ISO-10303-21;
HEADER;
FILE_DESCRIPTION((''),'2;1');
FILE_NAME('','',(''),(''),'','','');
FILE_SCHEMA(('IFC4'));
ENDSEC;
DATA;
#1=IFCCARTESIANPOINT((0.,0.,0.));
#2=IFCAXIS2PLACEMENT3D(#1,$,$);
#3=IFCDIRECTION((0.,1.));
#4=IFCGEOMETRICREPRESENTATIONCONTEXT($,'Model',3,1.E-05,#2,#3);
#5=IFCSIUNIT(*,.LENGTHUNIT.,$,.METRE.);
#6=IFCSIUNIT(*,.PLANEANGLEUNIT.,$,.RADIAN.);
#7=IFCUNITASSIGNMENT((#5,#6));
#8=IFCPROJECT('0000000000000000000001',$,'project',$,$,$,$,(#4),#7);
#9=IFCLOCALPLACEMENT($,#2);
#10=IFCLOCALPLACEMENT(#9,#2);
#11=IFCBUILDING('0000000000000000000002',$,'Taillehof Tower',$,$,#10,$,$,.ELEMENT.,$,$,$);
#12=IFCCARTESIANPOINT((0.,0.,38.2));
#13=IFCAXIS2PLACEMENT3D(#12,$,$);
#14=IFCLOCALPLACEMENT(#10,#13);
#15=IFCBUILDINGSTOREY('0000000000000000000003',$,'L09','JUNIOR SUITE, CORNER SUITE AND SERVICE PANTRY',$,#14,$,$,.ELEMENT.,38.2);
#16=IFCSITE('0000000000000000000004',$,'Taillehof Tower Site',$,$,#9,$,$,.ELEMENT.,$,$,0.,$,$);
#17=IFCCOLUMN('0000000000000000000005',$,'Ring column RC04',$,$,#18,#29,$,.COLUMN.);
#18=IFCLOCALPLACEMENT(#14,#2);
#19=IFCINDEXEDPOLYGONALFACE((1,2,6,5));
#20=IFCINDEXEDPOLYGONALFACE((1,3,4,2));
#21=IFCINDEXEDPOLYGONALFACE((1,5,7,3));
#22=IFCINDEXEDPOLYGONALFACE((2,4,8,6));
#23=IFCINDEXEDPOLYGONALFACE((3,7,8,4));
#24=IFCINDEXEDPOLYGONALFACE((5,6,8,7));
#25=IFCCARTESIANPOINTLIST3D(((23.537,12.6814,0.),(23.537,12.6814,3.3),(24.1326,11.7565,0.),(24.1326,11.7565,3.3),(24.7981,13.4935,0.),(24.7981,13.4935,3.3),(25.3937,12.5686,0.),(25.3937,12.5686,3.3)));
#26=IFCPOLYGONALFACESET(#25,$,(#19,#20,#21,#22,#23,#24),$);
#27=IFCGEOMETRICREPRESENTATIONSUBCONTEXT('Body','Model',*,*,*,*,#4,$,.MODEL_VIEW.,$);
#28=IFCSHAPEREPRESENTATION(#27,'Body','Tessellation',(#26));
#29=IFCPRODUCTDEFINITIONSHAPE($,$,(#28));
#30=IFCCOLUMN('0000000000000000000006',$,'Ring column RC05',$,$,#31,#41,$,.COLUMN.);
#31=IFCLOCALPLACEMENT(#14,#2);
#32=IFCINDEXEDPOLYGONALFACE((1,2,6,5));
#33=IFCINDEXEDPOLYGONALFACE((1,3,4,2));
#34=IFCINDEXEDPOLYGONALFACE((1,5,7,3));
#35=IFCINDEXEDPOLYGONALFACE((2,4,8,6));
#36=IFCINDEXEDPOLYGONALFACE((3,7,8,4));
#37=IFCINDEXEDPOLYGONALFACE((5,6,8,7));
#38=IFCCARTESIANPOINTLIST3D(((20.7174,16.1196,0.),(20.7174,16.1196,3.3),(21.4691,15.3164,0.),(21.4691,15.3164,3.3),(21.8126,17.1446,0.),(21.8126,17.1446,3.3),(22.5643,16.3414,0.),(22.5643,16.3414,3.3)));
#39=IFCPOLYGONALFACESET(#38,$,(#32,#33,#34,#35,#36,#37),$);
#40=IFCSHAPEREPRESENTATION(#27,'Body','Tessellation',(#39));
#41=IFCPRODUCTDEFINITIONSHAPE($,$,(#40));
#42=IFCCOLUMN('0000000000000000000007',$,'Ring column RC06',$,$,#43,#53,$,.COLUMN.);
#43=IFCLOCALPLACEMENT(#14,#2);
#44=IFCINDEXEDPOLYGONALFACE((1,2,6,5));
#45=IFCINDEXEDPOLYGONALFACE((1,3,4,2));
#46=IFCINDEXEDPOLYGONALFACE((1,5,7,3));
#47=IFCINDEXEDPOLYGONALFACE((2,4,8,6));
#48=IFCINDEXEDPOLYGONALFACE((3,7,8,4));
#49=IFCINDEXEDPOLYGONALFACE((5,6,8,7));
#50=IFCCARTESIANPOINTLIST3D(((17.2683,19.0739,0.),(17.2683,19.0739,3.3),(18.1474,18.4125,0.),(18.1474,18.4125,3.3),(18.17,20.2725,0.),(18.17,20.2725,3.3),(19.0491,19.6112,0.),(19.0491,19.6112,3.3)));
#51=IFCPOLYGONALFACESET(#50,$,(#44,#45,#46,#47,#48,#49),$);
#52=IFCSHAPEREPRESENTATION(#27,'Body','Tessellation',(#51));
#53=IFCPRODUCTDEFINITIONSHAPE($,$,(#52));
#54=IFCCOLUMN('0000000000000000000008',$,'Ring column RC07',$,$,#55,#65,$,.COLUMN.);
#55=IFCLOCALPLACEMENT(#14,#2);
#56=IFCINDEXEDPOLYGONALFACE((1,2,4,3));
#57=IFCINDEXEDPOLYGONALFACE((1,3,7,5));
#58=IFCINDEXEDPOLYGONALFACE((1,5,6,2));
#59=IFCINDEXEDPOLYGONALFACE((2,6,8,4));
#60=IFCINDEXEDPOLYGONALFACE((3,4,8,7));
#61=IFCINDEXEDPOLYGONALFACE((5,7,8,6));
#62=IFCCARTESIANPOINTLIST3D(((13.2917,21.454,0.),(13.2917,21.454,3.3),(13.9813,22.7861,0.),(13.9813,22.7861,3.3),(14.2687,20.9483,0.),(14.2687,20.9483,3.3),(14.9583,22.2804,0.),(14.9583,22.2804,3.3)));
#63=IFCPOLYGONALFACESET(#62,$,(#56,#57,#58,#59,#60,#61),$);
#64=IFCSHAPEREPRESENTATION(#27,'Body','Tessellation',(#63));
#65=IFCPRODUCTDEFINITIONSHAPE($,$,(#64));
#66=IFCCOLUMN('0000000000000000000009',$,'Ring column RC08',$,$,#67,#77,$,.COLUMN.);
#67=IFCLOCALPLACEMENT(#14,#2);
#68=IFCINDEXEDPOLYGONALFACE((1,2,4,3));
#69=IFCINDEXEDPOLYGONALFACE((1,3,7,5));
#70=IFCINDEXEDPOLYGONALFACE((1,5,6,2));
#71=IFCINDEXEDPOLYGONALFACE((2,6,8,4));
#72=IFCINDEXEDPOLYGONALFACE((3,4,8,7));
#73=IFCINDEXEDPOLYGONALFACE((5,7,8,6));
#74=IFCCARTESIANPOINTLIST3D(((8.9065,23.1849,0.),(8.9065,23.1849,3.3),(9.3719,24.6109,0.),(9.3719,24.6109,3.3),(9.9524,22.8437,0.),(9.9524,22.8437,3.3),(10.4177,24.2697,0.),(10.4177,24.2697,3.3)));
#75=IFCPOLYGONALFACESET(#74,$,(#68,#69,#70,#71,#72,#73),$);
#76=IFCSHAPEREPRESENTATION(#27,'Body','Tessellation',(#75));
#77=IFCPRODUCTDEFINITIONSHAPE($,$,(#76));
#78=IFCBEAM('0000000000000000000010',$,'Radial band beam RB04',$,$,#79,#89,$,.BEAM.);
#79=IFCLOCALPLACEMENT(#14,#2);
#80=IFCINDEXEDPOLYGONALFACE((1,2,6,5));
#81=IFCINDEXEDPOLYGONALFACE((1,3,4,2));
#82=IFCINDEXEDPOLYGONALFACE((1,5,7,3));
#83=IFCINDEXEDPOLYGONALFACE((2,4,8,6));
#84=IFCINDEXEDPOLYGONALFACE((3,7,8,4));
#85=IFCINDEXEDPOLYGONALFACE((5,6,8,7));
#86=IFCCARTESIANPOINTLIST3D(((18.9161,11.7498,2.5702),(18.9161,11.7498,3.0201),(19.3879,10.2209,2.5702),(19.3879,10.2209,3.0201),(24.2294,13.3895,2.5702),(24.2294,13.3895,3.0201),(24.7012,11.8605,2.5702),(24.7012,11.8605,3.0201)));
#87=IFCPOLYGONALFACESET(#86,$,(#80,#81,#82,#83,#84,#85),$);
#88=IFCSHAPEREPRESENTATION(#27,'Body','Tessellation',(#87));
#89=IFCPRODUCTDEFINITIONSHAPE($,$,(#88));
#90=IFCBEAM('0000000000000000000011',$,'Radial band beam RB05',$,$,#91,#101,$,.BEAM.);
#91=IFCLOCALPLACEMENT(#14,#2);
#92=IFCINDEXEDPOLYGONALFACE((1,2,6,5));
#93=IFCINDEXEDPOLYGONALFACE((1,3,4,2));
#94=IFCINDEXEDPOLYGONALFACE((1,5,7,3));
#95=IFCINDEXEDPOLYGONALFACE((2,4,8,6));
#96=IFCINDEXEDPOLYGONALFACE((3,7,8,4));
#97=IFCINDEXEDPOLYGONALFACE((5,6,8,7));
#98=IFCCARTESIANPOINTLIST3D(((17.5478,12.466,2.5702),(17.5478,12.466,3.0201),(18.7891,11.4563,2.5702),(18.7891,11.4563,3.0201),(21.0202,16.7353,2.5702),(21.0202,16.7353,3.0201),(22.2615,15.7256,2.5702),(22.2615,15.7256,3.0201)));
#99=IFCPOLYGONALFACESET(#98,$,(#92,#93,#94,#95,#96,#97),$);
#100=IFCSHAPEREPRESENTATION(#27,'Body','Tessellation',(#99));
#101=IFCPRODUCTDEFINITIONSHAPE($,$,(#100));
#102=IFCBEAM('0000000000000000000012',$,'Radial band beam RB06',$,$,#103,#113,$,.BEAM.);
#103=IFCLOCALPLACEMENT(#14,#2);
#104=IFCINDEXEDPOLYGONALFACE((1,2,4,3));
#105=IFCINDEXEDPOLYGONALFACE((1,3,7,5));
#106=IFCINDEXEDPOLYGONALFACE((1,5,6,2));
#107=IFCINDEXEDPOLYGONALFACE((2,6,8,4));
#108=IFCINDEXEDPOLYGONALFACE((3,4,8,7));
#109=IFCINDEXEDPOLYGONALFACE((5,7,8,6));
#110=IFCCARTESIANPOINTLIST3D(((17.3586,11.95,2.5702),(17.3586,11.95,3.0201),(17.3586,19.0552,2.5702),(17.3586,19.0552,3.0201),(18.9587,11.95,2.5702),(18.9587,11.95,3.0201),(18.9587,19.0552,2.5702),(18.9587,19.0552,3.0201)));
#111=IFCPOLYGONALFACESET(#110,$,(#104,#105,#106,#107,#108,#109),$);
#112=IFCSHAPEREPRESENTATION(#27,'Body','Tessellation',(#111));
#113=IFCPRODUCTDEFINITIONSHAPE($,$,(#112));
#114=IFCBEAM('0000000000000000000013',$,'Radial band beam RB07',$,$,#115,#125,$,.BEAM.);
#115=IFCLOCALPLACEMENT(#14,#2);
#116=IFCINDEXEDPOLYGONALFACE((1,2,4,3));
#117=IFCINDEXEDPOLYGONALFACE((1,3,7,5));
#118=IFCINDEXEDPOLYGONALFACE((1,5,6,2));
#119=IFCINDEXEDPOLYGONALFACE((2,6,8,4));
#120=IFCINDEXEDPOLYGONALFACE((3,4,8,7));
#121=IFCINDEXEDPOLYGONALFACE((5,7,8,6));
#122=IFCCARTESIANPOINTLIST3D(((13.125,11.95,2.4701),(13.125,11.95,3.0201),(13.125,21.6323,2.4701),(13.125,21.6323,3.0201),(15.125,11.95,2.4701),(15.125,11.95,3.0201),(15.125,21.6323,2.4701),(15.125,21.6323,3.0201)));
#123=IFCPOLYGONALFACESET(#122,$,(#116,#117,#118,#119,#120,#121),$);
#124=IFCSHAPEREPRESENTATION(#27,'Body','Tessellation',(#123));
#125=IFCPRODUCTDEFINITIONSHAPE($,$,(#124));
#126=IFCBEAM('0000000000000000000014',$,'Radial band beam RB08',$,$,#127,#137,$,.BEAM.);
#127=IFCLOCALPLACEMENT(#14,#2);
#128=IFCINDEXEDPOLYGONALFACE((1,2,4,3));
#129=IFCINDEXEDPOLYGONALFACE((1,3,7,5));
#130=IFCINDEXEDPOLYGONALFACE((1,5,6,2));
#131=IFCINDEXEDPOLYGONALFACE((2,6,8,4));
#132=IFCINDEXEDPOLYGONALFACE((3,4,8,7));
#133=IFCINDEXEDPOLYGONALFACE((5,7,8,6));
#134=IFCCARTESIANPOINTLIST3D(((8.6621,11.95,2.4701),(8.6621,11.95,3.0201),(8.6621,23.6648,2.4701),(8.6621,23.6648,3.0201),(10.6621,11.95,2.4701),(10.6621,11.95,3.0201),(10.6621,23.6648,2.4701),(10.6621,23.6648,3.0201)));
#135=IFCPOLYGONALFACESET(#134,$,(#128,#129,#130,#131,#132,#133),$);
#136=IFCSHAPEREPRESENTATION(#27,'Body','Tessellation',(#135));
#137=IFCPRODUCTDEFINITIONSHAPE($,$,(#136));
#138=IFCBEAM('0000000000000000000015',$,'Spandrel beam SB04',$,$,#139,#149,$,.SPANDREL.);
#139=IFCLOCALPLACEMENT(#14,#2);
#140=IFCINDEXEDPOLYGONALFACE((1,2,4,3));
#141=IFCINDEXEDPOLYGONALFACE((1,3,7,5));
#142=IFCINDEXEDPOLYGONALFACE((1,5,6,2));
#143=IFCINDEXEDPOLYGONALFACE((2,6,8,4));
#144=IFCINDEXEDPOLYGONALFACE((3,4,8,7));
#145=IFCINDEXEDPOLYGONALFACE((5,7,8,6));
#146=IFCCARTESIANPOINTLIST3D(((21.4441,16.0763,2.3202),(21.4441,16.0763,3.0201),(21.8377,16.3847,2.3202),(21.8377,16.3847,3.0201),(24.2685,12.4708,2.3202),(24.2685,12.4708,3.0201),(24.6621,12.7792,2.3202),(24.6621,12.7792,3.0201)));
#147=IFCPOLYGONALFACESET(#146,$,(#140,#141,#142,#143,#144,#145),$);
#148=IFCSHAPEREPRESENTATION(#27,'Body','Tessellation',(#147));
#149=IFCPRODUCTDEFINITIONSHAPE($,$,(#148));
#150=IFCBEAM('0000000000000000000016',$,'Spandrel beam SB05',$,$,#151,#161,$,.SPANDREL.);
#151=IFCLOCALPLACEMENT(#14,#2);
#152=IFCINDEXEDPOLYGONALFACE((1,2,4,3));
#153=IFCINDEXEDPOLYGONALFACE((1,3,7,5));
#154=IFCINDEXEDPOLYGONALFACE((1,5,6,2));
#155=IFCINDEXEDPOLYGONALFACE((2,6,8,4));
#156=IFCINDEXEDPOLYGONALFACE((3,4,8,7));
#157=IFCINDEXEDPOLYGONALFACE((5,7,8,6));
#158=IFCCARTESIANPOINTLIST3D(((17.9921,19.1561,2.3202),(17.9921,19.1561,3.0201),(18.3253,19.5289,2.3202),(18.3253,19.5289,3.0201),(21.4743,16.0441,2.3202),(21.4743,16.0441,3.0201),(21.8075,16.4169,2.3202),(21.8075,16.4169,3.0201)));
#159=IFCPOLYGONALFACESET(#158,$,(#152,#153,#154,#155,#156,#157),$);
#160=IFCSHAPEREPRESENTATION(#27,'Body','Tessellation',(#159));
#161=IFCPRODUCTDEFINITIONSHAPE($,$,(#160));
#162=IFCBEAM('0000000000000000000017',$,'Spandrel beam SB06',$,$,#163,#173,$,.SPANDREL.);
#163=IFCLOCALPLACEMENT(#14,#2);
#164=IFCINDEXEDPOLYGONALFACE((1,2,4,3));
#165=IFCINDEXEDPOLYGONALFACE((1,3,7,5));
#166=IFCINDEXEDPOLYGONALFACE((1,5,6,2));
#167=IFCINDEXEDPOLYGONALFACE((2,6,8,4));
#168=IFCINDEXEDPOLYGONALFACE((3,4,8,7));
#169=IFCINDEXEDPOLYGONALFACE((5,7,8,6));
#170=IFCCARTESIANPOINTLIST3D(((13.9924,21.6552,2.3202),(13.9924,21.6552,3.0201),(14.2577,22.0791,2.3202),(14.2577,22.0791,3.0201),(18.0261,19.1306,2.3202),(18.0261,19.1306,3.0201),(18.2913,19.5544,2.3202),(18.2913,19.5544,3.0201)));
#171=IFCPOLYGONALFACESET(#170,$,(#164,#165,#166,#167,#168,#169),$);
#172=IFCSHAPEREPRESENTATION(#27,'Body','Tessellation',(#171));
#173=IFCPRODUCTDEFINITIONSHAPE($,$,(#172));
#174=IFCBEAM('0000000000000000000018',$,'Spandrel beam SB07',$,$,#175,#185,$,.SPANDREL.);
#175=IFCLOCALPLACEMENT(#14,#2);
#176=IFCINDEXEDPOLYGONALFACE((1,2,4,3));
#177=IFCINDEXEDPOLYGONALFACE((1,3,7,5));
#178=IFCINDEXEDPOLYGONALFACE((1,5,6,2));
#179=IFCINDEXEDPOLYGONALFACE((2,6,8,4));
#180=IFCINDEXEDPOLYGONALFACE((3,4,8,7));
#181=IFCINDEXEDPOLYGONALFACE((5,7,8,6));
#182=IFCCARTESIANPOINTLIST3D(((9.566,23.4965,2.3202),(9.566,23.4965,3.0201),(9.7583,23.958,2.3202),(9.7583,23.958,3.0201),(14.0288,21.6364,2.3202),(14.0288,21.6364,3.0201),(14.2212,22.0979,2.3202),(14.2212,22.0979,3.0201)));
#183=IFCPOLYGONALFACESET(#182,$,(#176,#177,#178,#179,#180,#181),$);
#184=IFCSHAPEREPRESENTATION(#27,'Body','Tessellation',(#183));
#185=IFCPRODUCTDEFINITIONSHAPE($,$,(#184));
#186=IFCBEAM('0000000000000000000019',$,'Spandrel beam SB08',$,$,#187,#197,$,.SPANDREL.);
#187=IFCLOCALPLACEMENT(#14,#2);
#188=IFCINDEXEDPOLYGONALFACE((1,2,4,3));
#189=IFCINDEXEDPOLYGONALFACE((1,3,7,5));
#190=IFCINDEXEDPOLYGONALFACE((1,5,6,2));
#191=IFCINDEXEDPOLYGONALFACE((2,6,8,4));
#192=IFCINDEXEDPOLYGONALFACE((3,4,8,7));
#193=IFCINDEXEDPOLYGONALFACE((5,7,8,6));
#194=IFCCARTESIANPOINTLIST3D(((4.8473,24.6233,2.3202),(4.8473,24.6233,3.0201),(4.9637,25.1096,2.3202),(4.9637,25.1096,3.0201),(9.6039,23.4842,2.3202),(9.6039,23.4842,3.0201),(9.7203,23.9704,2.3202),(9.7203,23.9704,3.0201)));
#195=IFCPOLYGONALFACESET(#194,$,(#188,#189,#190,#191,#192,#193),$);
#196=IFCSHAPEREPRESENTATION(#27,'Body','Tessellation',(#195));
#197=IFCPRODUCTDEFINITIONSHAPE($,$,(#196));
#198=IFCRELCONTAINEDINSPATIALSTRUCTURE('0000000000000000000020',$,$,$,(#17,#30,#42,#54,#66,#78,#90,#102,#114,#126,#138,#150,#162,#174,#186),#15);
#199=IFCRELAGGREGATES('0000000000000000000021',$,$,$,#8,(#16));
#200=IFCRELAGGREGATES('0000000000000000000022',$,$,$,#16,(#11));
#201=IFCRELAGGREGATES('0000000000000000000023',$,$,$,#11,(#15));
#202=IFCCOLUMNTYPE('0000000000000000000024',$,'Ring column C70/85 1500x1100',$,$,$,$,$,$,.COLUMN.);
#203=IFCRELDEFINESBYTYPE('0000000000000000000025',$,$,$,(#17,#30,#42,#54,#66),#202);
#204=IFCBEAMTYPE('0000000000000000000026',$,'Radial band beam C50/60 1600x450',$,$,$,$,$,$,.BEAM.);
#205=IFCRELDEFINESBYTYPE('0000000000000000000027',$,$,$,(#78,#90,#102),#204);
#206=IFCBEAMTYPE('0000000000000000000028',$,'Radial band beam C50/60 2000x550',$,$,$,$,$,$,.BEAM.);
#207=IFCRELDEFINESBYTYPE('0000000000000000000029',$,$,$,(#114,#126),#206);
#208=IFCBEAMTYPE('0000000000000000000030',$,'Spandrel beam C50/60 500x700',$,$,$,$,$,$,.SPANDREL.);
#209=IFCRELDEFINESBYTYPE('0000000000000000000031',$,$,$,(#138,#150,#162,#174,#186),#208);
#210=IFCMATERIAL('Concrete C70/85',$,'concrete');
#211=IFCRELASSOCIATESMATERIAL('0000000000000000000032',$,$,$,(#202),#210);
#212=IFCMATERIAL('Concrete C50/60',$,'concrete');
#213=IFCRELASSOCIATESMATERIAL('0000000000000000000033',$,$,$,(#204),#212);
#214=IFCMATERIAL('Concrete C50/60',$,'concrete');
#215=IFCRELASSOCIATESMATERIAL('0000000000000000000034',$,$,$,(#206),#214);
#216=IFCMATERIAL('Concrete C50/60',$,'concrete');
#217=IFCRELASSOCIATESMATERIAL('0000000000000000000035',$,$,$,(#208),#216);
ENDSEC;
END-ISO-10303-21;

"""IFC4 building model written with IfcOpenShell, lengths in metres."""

from ifc_helpers import new_model, si_unit, direction, frame, origin, origin_2d, place, context, subcontext, project, spatial, rectangle, extrude, material, material_profile, profile_set, type_object, element, save


model = new_model("IFC4")

# Units and contexts
model_context = context("Model", 3, precision=1e-05, world=origin(), true_north=direction((0.0, 1.0)))
body_context = subcontext(model_context, "Body", "Model", "MODEL_VIEW")
ifc_project = project(units=[si_unit("LENGTHUNIT", "METRE"), si_unit("PLANEANGLEUNIT", "RADIAN")], contexts=[model_context])

# Site, building, storey
site_placement = place(None, origin())
site = spatial("IfcSite", under=ifc_project, at=site_placement, Name="Taillehof Tower Site", CompositionType="ELEMENT", RefElevation=0.0)
building_placement = place(site_placement, origin())
building = spatial("IfcBuilding", under=site, at=building_placement, Name="Taillehof Tower", CompositionType="ELEMENT")
storey_placement = place(building_placement, frame((0.0, 0.0, 38.2)))
storey = spatial("IfcBuildingStorey", under=building, at=storey_placement, Name="L09", Description="JUNIOR SUITE, CORNER SUITE AND SERVICE PANTRY", CompositionType="ELEMENT", Elevation=38.2)

# Columns
ifc_material_1 = material(Name="Concrete C70/85", Category="concrete")
ifc_material_profile_1 = material_profile(ifc_material_1, rectangle(XDim=1.5, YDim=1.1001, at=origin_2d()), Name="RC 1500x1100")
ifc_profile_set_1 = profile_set([ifc_material_profile_1], Name="Concrete C70/85")
column_type = type_object("IfcColumnType", Name="Ring column C70/85 1500x1100", PredefinedType="COLUMN", material=ifc_profile_set_1)
for number, where, z_axis, x_axis, name in (
    (1, (24.4653, 12.625, 0.0), (0.0, 0.0, 1.0), (0.840754, 0.541418, 0.0), "Ring column RC04"),
    (2, (21.6409, 16.2305, 0.0), (0.0, 0.0, 1.0), (0.730113, 0.683326, 0.0), "Ring column RC05"),
    (3, (18.1587, 19.3425, 0.0), (0.0, 0.0, 1.0), (0.601174, 0.799118, 0.0), "Ring column RC06"),
    (4, (14.125, 21.8672, 0.0), (0.0, 0.0, 1.0), (0.459691, 0.888079, 0.0), "Ring column RC07"),
    (5, (9.6621, 23.7273, 0.0), (0.0, 0.0, 1.0), (0.310219, 0.950665, 0.0), "Ring column RC08"),
):
    element("IfcColumn", number, at=place(storey_placement, frame(where, z_axis=z_axis, x_axis=x_axis)), inside=storey, type_object=column_type, Name=name, PredefinedType="COLUMN", context=body_context, shape_type="SweptSolid", body=[
        extrude(rectangle(XDim=1.5, YDim=1.1001, at=origin_2d()), origin(), (0.0, 0.0, 1.0), 3.3),
    ])

# Beams
ifc_material_2 = material(Name="Concrete C50/60", Category="concrete")
ifc_material_profile_2 = material_profile(ifc_material_2, rectangle(XDim=1.6001, YDim=0.45, at=origin_2d()), Name="RC 1600x450")
ifc_profile_set_2 = profile_set([ifc_material_profile_2], Name="Concrete C50/60")
beam_type_1 = type_object("IfcBeamType", Name="Radial band beam C50/60 1600x450", PredefinedType="BEAM", material=ifc_profile_set_2)
beam_1_placement = place(storey_placement, frame((24.4653, 12.625, 2.7952), z_axis=(-0.955536, -0.294876, 0.0), x_axis=(0.294876, -0.955536, 0.0)))
element("IfcBeam", 6, at=beam_1_placement, inside=storey, type_object=beam_type_1, Name="Radial band beam RB04", PredefinedType="BEAM", context=body_context, shape_type="SweptSolid", body=[
    extrude(rectangle(XDim=1.6001, YDim=0.45, at=origin_2d()), origin(), (0.0, 0.0, 1.0), 5.5605),
])
beam_2_placement = place(storey_placement, frame((21.6409, 16.2305, 2.7952), z_axis=(-0.630988, -0.775792, 0.0), x_axis=(0.775792, -0.630988, 0.0)))
element("IfcBeam", 7, at=beam_2_placement, inside=storey, type_object=beam_type_1, Name="Radial band beam RB05", PredefinedType="BEAM", context=body_context, shape_type="SweptSolid", body=[
    extrude(rectangle(XDim=1.6001, YDim=0.45, at=origin_2d()), origin(), (0.0, 0.0, 1.0), 5.5032),
])
beam_3_placement = place(storey_placement, frame((18.1587, 19.0552, 2.7952), z_axis=(0.0, -1.0, 0.0), x_axis=(1.0, 0.0, 0.0)))
element("IfcBeam", 8, at=beam_3_placement, inside=storey, type_object=beam_type_1, Name="Radial band beam RB06", PredefinedType="BEAM", context=body_context, shape_type="SweptSolid", body=[
    extrude(rectangle(XDim=1.6001, YDim=0.45, at=origin_2d()), origin(), (0.0, 0.0, 1.0), 7.1052),
])
ifc_material_3 = material(Name="Concrete C50/60", Category="concrete")
ifc_material_profile_3 = material_profile(ifc_material_3, rectangle(XDim=2.0, YDim=0.55, at=origin_2d()), Name="RC 2000x550")
ifc_profile_set_3 = profile_set([ifc_material_profile_3], Name="Concrete C50/60")
beam_type_2 = type_object("IfcBeamType", Name="Radial band beam C50/60 2000x550", PredefinedType="BEAM", material=ifc_profile_set_3)
beam_4_placement = place(storey_placement, frame((14.125, 21.6323, 2.7451), z_axis=(0.0, -1.0, 0.0), x_axis=(1.0, 0.0, 0.0)))
element("IfcBeam", 9, at=beam_4_placement, inside=storey, type_object=beam_type_2, Name="Radial band beam RB07", PredefinedType="BEAM", context=body_context, shape_type="SweptSolid", body=[
    extrude(rectangle(XDim=2.0, YDim=0.55, at=origin_2d()), origin(), (0.0, 0.0, 1.0), 9.6824),
])
beam_5_placement = place(storey_placement, frame((9.6621, 23.6648, 2.7451), z_axis=(0.0, -1.0, 0.0), x_axis=(1.0, 0.0, 0.0)))
element("IfcBeam", 10, at=beam_5_placement, inside=storey, type_object=beam_type_2, Name="Radial band beam RB08", PredefinedType="BEAM", context=body_context, shape_type="SweptSolid", body=[
    extrude(rectangle(XDim=2.0, YDim=0.55, at=origin_2d()), origin(), (0.0, 0.0, 1.0), 11.7148),
])
ifc_material_4 = material(Name="Concrete C50/60", Category="concrete")
ifc_material_profile_4 = material_profile(ifc_material_4, rectangle(XDim=0.5, YDim=0.7, at=origin_2d()), Name="RC 500x700")
ifc_profile_set_4 = profile_set([ifc_material_profile_4], Name="Concrete C50/60")
beam_type_3 = type_object("IfcBeamType", Name="Spandrel beam C50/60 500x700", PredefinedType="SPANDREL", material=ifc_profile_set_4)
beam_6_placement = place(storey_placement, frame((24.4653, 12.625, 2.6702), z_axis=(-0.616686, 0.787209, 0.0), x_axis=(-0.787209, -0.616686, 0.0)))
element("IfcBeam", 11, at=beam_6_placement, inside=storey, type_object=beam_type_3, Name="Spandrel beam SB04", PredefinedType="SPANDREL", context=body_context, shape_type="SweptSolid", body=[
    extrude(rectangle(XDim=0.5, YDim=0.7, at=origin_2d()), origin(), (0.0, 0.0, 1.0), 4.5801),
])
beam_7_placement = place(storey_placement, frame((21.6409, 16.2305, 2.6702), z_axis=(-0.745621, 0.66637, 0.0), x_axis=(-0.66637, -0.745621, 0.0)))
element("IfcBeam", 12, at=beam_7_placement, inside=storey, type_object=beam_type_3, Name="Spandrel beam SB05", PredefinedType="SPANDREL", context=body_context, shape_type="SweptSolid", body=[
    extrude(rectangle(XDim=0.5, YDim=0.7, at=origin_2d()), origin(), (0.0, 0.0, 1.0), 4.6702),
])
beam_8_placement = place(storey_placement, frame((18.1587, 19.3425, 2.6702), z_axis=(-0.847658, 0.530543, 0.0), x_axis=(-0.530543, -0.847658, 0.0)))
element("IfcBeam", 13, at=beam_8_placement, inside=storey, type_object=beam_type_3, Name="Spandrel beam SB06", PredefinedType="SPANDREL", context=body_context, shape_type="SweptSolid", body=[
    extrude(rectangle(XDim=0.5, YDim=0.7, at=origin_2d()), origin(), (0.0, 0.0, 1.0), 4.7585),
])
beam_9_placement = place(storey_placement, frame((14.125, 21.8672, 2.6702), z_axis=(-0.923035, 0.384716, 0.0), x_axis=(-0.384716, -0.923035, 0.0)))
element("IfcBeam", 14, at=beam_9_placement, inside=storey, type_object=beam_type_3, Name="Spandrel beam SB07", PredefinedType="SPANDREL", context=body_context, shape_type="SweptSolid", body=[
    extrude(rectangle(XDim=0.5, YDim=0.7, at=origin_2d()), origin(), (0.0, 0.0, 1.0), 4.835),
])
beam_10_placement = place(storey_placement, frame((9.6621, 23.7273, 2.6702), z_axis=(-0.9725, 0.232905, 0.0), x_axis=(-0.232905, -0.9725, 0.0)))
element("IfcBeam", 15, at=beam_10_placement, inside=storey, type_object=beam_type_3, Name="Spandrel beam SB08", PredefinedType="SPANDREL", context=body_context, shape_type="SweptSolid", body=[
    extrude(rectangle(XDim=0.5, YDim=0.7, at=origin_2d()), origin(), (0.0, 0.0, 1.0), 4.8911),
])

save(model, "model.ifc")
